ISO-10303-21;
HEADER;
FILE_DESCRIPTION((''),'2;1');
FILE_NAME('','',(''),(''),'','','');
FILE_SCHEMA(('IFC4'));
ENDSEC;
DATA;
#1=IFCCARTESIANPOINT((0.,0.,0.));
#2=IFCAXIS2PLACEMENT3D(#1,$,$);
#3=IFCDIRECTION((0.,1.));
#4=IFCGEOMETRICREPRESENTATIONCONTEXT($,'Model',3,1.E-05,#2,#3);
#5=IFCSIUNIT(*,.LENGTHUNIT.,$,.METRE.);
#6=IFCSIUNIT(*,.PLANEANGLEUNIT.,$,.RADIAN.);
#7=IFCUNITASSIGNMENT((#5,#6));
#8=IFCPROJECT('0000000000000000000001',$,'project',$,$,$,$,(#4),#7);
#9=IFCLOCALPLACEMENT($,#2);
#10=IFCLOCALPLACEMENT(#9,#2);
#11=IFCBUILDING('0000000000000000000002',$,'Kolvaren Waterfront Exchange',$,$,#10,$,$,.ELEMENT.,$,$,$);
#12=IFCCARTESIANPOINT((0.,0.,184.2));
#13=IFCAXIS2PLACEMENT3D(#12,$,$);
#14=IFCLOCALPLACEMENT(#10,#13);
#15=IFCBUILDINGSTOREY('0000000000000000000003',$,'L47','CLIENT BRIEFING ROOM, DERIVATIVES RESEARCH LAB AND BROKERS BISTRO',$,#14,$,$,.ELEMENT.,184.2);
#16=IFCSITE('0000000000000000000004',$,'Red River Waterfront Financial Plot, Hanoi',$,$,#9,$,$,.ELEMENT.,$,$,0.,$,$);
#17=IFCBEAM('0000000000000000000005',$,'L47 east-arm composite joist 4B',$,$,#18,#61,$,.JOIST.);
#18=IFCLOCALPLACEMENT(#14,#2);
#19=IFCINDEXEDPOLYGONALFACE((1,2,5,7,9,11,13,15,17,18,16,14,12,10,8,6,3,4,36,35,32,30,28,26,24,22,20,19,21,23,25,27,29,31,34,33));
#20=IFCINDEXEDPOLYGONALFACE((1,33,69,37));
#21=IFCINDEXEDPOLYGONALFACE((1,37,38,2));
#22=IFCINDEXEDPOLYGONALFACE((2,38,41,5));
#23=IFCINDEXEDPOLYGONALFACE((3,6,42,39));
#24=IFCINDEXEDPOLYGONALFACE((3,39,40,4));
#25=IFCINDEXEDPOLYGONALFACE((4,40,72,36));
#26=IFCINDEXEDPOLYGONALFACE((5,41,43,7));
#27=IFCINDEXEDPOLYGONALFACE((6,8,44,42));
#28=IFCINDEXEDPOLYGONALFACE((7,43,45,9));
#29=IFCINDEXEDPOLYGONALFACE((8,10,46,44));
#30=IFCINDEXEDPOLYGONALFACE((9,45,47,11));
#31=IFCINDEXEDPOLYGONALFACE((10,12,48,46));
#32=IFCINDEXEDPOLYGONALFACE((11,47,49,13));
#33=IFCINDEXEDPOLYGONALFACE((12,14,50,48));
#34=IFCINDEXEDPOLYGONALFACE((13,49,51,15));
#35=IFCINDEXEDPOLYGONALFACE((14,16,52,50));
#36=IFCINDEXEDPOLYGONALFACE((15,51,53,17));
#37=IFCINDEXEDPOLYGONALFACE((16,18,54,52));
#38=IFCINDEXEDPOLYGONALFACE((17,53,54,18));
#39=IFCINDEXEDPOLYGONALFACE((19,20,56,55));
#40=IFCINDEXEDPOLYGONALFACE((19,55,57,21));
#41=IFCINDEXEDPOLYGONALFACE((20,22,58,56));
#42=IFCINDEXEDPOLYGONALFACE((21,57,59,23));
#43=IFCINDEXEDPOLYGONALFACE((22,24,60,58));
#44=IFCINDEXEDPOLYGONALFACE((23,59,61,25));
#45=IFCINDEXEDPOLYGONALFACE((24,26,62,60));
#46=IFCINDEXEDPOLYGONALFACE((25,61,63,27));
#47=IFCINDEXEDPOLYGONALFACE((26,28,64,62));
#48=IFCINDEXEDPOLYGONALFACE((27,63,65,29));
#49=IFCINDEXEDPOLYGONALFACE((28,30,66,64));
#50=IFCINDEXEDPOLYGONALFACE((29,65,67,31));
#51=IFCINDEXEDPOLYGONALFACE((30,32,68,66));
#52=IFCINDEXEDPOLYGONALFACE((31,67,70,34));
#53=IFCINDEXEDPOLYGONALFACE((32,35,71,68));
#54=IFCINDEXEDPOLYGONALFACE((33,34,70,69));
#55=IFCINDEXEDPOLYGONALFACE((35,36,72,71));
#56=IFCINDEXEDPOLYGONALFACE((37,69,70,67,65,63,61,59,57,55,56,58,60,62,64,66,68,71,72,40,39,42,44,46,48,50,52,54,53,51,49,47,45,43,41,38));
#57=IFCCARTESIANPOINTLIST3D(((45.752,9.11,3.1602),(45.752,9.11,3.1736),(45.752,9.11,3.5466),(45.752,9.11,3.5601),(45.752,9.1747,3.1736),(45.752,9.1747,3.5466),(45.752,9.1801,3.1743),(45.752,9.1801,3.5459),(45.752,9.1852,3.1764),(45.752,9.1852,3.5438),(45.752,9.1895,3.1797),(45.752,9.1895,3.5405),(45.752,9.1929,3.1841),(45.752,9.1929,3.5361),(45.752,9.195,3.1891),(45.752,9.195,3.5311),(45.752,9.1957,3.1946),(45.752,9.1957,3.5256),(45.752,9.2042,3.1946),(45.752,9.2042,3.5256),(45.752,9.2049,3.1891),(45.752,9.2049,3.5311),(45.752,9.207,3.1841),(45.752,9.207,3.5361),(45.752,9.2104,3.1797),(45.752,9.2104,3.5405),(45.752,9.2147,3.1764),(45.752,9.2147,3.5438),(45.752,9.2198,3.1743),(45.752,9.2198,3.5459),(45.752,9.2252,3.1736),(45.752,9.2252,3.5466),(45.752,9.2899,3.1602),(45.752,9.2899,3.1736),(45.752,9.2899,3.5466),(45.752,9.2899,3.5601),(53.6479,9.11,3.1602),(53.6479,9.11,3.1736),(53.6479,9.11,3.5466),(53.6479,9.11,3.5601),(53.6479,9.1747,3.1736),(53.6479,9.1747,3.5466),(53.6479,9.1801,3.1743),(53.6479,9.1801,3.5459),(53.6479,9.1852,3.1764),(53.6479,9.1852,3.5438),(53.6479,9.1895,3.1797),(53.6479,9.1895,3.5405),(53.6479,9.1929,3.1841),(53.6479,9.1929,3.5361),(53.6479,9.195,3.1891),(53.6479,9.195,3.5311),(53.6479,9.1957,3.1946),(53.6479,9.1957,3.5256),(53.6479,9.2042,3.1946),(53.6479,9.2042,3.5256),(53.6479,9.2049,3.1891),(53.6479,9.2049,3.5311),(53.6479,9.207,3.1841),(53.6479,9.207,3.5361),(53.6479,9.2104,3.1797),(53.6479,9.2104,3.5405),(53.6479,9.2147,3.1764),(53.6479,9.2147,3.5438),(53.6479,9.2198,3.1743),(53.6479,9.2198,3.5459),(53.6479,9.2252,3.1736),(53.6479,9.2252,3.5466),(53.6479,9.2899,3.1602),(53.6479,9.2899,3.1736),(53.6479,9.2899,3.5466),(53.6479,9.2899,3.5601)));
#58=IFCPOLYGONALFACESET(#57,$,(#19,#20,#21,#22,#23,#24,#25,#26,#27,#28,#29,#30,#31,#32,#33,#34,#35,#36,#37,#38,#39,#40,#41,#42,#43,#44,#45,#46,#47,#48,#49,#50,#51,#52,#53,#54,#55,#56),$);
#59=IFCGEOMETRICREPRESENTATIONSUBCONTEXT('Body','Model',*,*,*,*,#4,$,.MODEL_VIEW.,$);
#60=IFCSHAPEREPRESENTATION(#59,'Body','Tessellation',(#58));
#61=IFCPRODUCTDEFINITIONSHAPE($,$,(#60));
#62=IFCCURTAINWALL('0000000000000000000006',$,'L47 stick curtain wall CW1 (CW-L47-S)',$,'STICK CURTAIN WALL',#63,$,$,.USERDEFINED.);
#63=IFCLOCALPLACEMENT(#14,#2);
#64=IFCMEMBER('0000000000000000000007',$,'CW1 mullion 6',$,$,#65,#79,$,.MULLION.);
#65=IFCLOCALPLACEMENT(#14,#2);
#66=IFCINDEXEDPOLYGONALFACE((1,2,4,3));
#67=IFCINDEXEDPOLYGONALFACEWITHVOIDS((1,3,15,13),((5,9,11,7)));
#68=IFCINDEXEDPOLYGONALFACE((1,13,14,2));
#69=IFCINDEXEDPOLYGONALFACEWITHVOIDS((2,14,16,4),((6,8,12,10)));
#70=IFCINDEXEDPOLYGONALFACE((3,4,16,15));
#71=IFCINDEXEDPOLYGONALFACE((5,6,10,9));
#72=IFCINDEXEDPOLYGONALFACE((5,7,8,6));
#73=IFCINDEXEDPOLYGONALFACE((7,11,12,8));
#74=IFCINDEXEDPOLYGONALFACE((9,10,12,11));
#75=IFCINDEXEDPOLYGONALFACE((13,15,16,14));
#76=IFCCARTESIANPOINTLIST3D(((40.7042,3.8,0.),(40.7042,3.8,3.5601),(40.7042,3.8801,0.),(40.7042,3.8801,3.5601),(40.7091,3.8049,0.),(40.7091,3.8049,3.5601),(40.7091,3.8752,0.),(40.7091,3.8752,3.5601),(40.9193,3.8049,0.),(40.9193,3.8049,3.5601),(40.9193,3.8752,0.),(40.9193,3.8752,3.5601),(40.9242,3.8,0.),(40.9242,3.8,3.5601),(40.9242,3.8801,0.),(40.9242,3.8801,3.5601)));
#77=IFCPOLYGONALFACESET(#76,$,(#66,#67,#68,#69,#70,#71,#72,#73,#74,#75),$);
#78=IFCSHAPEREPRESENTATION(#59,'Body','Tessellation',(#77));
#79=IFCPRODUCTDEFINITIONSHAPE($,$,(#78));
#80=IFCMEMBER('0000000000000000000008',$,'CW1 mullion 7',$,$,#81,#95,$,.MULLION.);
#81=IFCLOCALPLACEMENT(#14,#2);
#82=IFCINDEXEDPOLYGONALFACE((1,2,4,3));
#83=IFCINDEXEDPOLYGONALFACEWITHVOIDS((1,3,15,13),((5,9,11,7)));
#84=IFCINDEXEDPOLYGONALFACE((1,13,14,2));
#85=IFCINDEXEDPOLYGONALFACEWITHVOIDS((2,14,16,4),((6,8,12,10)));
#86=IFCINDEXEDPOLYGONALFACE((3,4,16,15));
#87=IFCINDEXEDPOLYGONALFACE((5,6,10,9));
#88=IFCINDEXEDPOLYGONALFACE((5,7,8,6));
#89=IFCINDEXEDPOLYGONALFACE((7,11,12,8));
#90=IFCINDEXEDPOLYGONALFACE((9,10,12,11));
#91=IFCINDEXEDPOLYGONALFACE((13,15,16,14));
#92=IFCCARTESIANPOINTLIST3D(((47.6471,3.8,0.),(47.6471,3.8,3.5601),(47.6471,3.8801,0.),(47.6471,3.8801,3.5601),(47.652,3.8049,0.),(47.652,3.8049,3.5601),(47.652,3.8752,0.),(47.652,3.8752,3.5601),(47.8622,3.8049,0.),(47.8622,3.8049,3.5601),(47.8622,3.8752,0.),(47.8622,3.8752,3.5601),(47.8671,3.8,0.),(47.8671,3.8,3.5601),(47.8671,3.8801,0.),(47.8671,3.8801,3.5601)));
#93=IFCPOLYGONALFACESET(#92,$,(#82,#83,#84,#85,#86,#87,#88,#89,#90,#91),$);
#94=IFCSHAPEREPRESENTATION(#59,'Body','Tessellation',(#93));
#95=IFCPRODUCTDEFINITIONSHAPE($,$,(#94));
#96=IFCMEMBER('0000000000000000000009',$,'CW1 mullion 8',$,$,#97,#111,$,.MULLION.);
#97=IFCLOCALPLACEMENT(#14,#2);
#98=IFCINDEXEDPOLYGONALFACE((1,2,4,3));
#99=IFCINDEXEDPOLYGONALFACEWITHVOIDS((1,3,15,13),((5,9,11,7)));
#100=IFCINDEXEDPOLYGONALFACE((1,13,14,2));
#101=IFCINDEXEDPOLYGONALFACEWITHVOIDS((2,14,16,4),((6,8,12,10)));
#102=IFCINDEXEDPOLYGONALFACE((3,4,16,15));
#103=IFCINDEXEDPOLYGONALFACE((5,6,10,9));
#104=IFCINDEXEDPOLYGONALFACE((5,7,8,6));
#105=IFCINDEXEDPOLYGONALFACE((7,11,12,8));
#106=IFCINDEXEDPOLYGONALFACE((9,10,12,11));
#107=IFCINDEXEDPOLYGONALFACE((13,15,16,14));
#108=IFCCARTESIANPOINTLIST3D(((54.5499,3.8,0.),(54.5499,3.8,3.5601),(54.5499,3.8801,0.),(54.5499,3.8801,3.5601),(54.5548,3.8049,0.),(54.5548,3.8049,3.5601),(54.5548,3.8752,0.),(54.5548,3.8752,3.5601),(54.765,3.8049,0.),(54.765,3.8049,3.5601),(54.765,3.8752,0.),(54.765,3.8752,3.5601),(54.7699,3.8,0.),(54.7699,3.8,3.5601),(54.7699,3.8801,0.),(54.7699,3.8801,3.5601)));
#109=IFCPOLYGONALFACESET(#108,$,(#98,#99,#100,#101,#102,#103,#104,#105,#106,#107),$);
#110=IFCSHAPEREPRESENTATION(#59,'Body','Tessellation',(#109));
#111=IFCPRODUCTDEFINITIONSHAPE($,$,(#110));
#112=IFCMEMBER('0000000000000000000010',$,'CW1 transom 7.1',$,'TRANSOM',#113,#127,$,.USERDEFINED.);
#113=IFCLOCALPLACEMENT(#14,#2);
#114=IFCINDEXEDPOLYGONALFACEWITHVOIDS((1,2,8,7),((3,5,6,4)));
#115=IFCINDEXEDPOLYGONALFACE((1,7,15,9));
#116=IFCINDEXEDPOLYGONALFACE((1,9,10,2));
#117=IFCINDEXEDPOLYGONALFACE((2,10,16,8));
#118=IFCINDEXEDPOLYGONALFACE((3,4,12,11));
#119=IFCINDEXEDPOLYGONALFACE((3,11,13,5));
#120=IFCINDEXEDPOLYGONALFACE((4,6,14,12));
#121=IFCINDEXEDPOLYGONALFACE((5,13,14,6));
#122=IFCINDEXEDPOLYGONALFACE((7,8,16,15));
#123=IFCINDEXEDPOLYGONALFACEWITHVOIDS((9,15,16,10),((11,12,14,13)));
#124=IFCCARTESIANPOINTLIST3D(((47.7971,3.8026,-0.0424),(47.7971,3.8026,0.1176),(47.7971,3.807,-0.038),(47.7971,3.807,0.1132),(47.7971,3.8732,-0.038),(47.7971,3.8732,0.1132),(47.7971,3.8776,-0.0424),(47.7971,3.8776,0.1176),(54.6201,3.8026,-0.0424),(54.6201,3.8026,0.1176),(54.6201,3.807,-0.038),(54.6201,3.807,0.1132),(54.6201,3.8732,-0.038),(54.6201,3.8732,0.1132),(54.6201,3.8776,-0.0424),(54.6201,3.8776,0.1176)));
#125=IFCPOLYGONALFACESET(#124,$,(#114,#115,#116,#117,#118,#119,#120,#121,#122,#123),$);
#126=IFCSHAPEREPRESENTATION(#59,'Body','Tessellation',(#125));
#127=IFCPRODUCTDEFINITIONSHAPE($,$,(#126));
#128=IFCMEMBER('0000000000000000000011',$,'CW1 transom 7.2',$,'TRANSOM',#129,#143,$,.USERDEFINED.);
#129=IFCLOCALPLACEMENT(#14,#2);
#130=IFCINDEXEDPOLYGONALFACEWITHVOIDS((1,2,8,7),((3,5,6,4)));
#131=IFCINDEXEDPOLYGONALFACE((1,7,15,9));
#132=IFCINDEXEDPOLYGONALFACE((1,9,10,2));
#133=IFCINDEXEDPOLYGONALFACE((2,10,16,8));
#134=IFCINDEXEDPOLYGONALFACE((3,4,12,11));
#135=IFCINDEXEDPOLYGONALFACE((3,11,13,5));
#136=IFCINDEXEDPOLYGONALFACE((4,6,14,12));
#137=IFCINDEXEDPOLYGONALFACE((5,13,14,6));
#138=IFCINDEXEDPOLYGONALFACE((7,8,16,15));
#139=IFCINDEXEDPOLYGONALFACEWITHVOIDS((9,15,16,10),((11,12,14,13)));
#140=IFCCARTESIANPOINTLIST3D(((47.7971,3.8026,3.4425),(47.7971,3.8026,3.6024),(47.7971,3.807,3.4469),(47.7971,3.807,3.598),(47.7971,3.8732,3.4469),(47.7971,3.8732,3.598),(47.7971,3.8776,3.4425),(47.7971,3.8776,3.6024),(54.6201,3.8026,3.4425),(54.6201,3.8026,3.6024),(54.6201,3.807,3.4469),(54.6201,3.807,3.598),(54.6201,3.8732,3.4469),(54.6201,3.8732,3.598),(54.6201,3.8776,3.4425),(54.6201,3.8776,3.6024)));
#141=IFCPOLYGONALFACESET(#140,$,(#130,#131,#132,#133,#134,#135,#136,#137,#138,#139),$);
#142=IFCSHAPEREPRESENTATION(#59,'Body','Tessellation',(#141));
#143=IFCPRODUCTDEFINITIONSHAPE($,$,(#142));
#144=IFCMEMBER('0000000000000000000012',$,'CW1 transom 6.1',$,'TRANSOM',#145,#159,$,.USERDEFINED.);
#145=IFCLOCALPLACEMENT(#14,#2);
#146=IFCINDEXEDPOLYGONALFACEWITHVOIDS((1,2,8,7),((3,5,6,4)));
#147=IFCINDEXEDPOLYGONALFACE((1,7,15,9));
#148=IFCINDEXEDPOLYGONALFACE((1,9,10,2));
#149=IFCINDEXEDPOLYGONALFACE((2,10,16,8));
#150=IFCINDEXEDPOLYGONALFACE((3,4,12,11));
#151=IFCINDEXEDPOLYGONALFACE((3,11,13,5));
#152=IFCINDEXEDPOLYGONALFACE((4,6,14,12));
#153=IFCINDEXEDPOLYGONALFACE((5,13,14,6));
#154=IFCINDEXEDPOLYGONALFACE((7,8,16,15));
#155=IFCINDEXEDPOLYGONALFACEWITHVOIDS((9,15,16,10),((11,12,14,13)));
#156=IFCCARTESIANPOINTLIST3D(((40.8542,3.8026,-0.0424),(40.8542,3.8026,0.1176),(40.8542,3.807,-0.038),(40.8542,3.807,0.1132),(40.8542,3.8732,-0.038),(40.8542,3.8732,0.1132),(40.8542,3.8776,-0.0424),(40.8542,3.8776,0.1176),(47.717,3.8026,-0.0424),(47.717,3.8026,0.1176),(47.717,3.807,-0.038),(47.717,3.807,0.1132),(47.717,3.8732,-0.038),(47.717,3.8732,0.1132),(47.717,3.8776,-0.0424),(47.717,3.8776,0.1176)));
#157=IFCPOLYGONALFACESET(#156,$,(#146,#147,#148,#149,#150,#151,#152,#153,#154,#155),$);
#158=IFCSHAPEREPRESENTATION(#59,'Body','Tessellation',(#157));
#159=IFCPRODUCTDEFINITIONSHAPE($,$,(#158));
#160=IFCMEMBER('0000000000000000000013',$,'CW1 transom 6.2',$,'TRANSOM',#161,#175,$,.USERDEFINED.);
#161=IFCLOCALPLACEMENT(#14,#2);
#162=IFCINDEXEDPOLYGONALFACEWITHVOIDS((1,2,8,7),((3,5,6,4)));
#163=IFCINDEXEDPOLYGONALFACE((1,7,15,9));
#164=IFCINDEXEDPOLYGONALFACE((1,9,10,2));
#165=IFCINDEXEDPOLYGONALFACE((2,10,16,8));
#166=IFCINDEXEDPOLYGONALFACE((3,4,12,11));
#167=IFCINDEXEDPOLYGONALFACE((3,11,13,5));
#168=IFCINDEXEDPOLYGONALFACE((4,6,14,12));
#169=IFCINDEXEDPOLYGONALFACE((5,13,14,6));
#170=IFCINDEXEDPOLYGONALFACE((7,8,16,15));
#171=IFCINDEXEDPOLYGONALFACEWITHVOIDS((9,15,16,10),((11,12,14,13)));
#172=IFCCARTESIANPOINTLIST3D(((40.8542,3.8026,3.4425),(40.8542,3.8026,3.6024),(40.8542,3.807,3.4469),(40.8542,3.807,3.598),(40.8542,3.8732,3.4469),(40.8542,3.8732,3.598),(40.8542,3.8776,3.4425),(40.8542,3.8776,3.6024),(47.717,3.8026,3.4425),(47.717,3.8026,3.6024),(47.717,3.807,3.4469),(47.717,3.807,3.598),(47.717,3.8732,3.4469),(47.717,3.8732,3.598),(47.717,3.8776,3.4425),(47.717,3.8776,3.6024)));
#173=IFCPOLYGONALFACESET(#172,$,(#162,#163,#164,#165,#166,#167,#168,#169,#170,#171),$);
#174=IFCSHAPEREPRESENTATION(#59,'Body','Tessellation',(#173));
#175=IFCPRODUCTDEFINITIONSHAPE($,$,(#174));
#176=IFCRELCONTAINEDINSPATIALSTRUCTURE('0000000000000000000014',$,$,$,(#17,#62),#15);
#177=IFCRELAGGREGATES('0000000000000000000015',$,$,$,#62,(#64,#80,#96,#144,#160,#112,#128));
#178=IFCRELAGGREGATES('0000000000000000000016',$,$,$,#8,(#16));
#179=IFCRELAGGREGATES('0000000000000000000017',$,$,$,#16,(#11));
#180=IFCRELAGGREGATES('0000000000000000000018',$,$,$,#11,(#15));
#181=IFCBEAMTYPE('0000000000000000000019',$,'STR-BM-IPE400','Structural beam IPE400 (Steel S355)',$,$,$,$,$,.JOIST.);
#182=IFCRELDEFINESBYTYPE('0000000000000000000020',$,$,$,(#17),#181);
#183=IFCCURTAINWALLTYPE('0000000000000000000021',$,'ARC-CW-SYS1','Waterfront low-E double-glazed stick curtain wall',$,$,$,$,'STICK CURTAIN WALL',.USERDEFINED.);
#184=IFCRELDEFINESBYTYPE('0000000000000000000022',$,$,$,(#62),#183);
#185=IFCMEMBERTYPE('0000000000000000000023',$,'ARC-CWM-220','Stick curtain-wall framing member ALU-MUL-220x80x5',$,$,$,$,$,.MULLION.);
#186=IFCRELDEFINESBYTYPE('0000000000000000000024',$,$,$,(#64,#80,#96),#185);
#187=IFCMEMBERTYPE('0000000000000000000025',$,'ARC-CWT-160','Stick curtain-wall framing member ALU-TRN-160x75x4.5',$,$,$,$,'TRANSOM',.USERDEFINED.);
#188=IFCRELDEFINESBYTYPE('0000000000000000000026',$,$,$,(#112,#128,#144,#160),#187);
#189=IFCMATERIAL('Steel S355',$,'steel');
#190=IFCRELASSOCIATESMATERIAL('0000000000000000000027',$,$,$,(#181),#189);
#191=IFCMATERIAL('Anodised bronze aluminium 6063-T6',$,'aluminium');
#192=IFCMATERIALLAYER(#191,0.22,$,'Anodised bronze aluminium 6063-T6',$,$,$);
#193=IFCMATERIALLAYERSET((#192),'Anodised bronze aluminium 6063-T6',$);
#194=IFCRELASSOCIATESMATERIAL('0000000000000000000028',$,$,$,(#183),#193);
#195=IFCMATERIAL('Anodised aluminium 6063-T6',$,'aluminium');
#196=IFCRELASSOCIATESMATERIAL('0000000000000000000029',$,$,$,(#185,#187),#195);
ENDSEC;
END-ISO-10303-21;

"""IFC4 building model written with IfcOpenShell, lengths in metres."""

from ifc_helpers import new_model, si_unit, direction, frame, origin, origin_with_axes, origin_2d, place, context, subcontext, project, spatial, hollow_rectangle, i_section, extrude, source, transform, mapped, material, layer, layer_set, material_profile, profile_set, type_object, element, aggregate, save


model = new_model("IFC4")

# Units and contexts
model_context = context("Model", 3, precision=1e-05, world=origin(), true_north=direction((0.0, 1.0)))
body_context = subcontext(model_context, "Body", "Model", "MODEL_VIEW")
ifc_project = project(units=[si_unit("LENGTHUNIT", "METRE"), si_unit("PLANEANGLEUNIT", "RADIAN")], contexts=[model_context])

# Site, building, storey
site_placement = place(None, origin())
site = spatial("IfcSite", under=ifc_project, at=site_placement, Name="Red River Waterfront Financial Plot, Hanoi", CompositionType="ELEMENT", RefElevation=0.0)
building_placement = place(site_placement, origin())
building = spatial("IfcBuilding", under=site, at=building_placement, Name="Kolvaren Waterfront Exchange", CompositionType="ELEMENT")
storey_placement = place(building_placement, frame((0.0, 0.0, 184.2)))
storey = spatial("IfcBuildingStorey", under=building, at=storey_placement, Name="L47", Description="CLIENT BRIEFING ROOM, DERIVATIVES RESEARCH LAB AND BROKERS BISTRO", CompositionType="ELEMENT", Elevation=184.2)

# Beam
ifc_material_1 = material(Name="Steel S355", Category="steel")
ifc_material_profile_1 = material_profile(ifc_material_1, i_section(OverallWidth=0.1799, OverallDepth=0.3999, WebThickness=0.0085, FlangeThickness=0.0134, FilletRadius=0.021, at=origin_2d()), Name="IPE400")
ifc_profile_set_1 = profile_set([ifc_material_profile_1], Name="Steel S355")
beam_type_1 = type_object("IfcBeamType", Name="STR-BM-IPE400", Description="Structural beam IPE400 (Steel S355)", PredefinedType="JOIST", material=ifc_profile_set_1)
beam_1_placement = place(storey_placement, frame((45.752, 9.2, 3.3601), z_axis=(1.0, 0.0, 0.0), x_axis=(0.0, 1.0, 0.0)))
element("IfcBeam", 1, at=beam_1_placement, inside=storey, type_object=beam_type_1, Name="L47 east-arm composite joist 4B", PredefinedType="JOIST", context=body_context, shape_type="SweptSolid", body=[
    extrude(i_section(OverallWidth=0.1799, OverallDepth=0.3999, WebThickness=0.0085, FlangeThickness=0.0134, FilletRadius=0.021, at=origin_2d()), origin(), (0.0, 0.0, 1.0), 7.896),
])

# Curtain wall, members
ifc_material_2 = material(Name="Anodised bronze aluminium 6063-T6", Category="aluminium")
ifc_layer_1 = layer(ifc_material_2, 0.22, Name="Anodised bronze aluminium 6063-T6")
ifc_layer_set_1 = layer_set([ifc_layer_1], Name="Anodised bronze aluminium 6063-T6")
curtain_wall_type = type_object("IfcCurtainWallType", Name="ARC-CW-SYS1", Description="Waterfront low-E double-glazed stick curtain wall", ElementType="STICK CURTAIN WALL", PredefinedType="USERDEFINED", material=ifc_layer_set_1)
curtain_wall_placement = place(storey_placement, origin())
curtain_wall = element("IfcCurtainWall", 2, at=curtain_wall_placement, inside=storey, type_object=curtain_wall_type, Name="L47 stick curtain wall CW1 (CW-L47-S)", ObjectType="STICK CURTAIN WALL", PredefinedType="USERDEFINED")
ifc_material_3 = material(Name="Anodised aluminium 6063-T6", Category="aluminium")
ifc_material_profile_2 = material_profile(ifc_material_3, hollow_rectangle(XDim=0.0801, YDim=0.22, WallThickness=0.0049, at=origin_2d()), Name="ALU-MUL-220x80x5")
ifc_profile_set_2 = profile_set([ifc_material_profile_2], Name="Anodised aluminium 6063-T6")
member_type_1 = type_object("IfcMemberType", Name="ARC-CWM-220", Description="Stick curtain-wall framing member ALU-MUL-220x80x5", PredefinedType="MULLION", material=ifc_profile_set_2)
shared_shape_1 = source(origin_with_axes(), body_context, "Body", "SweptSolid", [
    extrude(hollow_rectangle(XDim=0.0801, YDim=0.22, WallThickness=0.0049, at=origin_2d()), origin(), (0.0, 0.0, 1.0), 3.5601),
])
member_1_placement = place(storey_placement, frame((40.8142, 3.8401, 0.0), z_axis=(0.0, 0.0, 1.0), x_axis=(0.0, 1.0, 0.0)))
member_1 = element("IfcMember", 3, at=member_1_placement, type_object=member_type_1, Name="CW1 mullion 6", PredefinedType="MULLION", context=body_context, shape_type="MappedRepresentation", body=[
    mapped(shared_shape_1, transform((0.0, 0.0, 0.0), x_axis=(1.0, 0.0, 0.0), y_axis=(0.0, 1.0, 0.0), z_axis=(0.0, 0.0, 1.0), scale=1.0)),
])
member_2_placement = place(storey_placement, frame((47.7571, 3.8401, 0.0), z_axis=(0.0, 0.0, 1.0), x_axis=(0.0, 1.0, 0.0)))
member_2 = element("IfcMember", 4, at=member_2_placement, type_object=member_type_1, Name="CW1 mullion 7", PredefinedType="MULLION", context=body_context, shape_type="MappedRepresentation", body=[
    mapped(shared_shape_1, transform((0.0, 0.0, 0.0), x_axis=(1.0, 0.0, 0.0), y_axis=(0.0, 1.0, 0.0), z_axis=(0.0, 0.0, 1.0), scale=1.0)),
])
member_3_placement = place(storey_placement, frame((54.6599, 3.8401, 0.0), z_axis=(0.0, 0.0, 1.0), x_axis=(0.0, 1.0, 0.0)))
member_3 = element("IfcMember", 5, at=member_3_placement, type_object=member_type_1, Name="CW1 mullion 8", PredefinedType="MULLION", context=body_context, shape_type="MappedRepresentation", body=[
    mapped(shared_shape_1, transform((0.0, 0.0, 0.0), x_axis=(1.0, 0.0, 0.0), y_axis=(0.0, 1.0, 0.0), z_axis=(0.0, 0.0, 1.0), scale=1.0)),
])
ifc_material_profile_3 = material_profile(ifc_material_3, hollow_rectangle(XDim=0.075, YDim=0.1599, WallThickness=0.0044, at=origin_2d()), Name="ALU-TRN-160x75x4.5")
ifc_profile_set_3 = profile_set([ifc_material_profile_3], Name="Anodised aluminium 6063-T6")
member_type_2 = type_object("IfcMemberType", Name="ARC-CWT-160", Description="Stick curtain-wall framing member ALU-TRN-160x75x4.5", ElementType="TRANSOM", PredefinedType="USERDEFINED", material=ifc_profile_set_3)
shared_shape_2 = source(origin_with_axes(), body_context, "Body", "SweptSolid", [
    extrude(hollow_rectangle(XDim=0.075, YDim=0.1599, WallThickness=0.0044, at=origin_2d()), origin(), (0.0, 0.0, 1.0), 6.823),
])
member_4_placement = place(storey_placement, frame((47.7971, 3.8401, 0.0376), z_axis=(1.0, 0.0, 0.0), x_axis=(0.0, 1.0, 0.0)))
member_4 = element("IfcMember", 6, at=member_4_placement, type_object=member_type_2, Name="CW1 transom 7.1", ObjectType="TRANSOM", PredefinedType="USERDEFINED", context=body_context, shape_type="MappedRepresentation", body=[
    mapped(shared_shape_2, transform((0.0, 0.0, 0.0), x_axis=(1.0, 0.0, 0.0), y_axis=(0.0, 1.0, 0.0), z_axis=(0.0, 0.0, 1.0), scale=1.0)),
])
member_5_placement = place(storey_placement, frame((47.7971, 3.8401, 3.5225), z_axis=(1.0, 0.0, 0.0), x_axis=(0.0, 1.0, 0.0)))
member_5 = element("IfcMember", 7, at=member_5_placement, type_object=member_type_2, Name="CW1 transom 7.2", ObjectType="TRANSOM", PredefinedType="USERDEFINED", context=body_context, shape_type="MappedRepresentation", body=[
    mapped(shared_shape_2, transform((0.0, 0.0, 0.0), x_axis=(1.0, 0.0, 0.0), y_axis=(0.0, 1.0, 0.0), z_axis=(0.0, 0.0, 1.0), scale=1.0)),
])
shared_shape_3 = source(origin_with_axes(), body_context, "Body", "SweptSolid", [
    extrude(hollow_rectangle(XDim=0.075, YDim=0.1599, WallThickness=0.0044, at=origin_2d()), origin(), (0.0, 0.0, 1.0), 6.8628),
])
member_6_placement = place(storey_placement, frame((40.8542, 3.8401, 0.0376), z_axis=(1.0, 0.0, 0.0), x_axis=(0.0, 1.0, 0.0)))
member_6 = element("IfcMember", 8, at=member_6_placement, type_object=member_type_2, Name="CW1 transom 6.1", ObjectType="TRANSOM", PredefinedType="USERDEFINED", context=body_context, shape_type="MappedRepresentation", body=[
    mapped(shared_shape_3, transform((0.0, 0.0, 0.0), x_axis=(1.0, 0.0, 0.0), y_axis=(0.0, 1.0, 0.0), z_axis=(0.0, 0.0, 1.0), scale=1.0)),
])
member_7_placement = place(storey_placement, frame((40.8542, 3.8401, 3.5225), z_axis=(1.0, 0.0, 0.0), x_axis=(0.0, 1.0, 0.0)))
member_7 = element("IfcMember", 9, at=member_7_placement, type_object=member_type_2, Name="CW1 transom 6.2", ObjectType="TRANSOM", PredefinedType="USERDEFINED", context=body_context, shape_type="MappedRepresentation", body=[
    mapped(shared_shape_3, transform((0.0, 0.0, 0.0), x_axis=(1.0, 0.0, 0.0), y_axis=(0.0, 1.0, 0.0), z_axis=(0.0, 0.0, 1.0), scale=1.0)),
])
aggregate(curtain_wall, [member_1, member_2, member_3, member_6, member_7, member_4, member_5])

save(model, "model.ifc")
